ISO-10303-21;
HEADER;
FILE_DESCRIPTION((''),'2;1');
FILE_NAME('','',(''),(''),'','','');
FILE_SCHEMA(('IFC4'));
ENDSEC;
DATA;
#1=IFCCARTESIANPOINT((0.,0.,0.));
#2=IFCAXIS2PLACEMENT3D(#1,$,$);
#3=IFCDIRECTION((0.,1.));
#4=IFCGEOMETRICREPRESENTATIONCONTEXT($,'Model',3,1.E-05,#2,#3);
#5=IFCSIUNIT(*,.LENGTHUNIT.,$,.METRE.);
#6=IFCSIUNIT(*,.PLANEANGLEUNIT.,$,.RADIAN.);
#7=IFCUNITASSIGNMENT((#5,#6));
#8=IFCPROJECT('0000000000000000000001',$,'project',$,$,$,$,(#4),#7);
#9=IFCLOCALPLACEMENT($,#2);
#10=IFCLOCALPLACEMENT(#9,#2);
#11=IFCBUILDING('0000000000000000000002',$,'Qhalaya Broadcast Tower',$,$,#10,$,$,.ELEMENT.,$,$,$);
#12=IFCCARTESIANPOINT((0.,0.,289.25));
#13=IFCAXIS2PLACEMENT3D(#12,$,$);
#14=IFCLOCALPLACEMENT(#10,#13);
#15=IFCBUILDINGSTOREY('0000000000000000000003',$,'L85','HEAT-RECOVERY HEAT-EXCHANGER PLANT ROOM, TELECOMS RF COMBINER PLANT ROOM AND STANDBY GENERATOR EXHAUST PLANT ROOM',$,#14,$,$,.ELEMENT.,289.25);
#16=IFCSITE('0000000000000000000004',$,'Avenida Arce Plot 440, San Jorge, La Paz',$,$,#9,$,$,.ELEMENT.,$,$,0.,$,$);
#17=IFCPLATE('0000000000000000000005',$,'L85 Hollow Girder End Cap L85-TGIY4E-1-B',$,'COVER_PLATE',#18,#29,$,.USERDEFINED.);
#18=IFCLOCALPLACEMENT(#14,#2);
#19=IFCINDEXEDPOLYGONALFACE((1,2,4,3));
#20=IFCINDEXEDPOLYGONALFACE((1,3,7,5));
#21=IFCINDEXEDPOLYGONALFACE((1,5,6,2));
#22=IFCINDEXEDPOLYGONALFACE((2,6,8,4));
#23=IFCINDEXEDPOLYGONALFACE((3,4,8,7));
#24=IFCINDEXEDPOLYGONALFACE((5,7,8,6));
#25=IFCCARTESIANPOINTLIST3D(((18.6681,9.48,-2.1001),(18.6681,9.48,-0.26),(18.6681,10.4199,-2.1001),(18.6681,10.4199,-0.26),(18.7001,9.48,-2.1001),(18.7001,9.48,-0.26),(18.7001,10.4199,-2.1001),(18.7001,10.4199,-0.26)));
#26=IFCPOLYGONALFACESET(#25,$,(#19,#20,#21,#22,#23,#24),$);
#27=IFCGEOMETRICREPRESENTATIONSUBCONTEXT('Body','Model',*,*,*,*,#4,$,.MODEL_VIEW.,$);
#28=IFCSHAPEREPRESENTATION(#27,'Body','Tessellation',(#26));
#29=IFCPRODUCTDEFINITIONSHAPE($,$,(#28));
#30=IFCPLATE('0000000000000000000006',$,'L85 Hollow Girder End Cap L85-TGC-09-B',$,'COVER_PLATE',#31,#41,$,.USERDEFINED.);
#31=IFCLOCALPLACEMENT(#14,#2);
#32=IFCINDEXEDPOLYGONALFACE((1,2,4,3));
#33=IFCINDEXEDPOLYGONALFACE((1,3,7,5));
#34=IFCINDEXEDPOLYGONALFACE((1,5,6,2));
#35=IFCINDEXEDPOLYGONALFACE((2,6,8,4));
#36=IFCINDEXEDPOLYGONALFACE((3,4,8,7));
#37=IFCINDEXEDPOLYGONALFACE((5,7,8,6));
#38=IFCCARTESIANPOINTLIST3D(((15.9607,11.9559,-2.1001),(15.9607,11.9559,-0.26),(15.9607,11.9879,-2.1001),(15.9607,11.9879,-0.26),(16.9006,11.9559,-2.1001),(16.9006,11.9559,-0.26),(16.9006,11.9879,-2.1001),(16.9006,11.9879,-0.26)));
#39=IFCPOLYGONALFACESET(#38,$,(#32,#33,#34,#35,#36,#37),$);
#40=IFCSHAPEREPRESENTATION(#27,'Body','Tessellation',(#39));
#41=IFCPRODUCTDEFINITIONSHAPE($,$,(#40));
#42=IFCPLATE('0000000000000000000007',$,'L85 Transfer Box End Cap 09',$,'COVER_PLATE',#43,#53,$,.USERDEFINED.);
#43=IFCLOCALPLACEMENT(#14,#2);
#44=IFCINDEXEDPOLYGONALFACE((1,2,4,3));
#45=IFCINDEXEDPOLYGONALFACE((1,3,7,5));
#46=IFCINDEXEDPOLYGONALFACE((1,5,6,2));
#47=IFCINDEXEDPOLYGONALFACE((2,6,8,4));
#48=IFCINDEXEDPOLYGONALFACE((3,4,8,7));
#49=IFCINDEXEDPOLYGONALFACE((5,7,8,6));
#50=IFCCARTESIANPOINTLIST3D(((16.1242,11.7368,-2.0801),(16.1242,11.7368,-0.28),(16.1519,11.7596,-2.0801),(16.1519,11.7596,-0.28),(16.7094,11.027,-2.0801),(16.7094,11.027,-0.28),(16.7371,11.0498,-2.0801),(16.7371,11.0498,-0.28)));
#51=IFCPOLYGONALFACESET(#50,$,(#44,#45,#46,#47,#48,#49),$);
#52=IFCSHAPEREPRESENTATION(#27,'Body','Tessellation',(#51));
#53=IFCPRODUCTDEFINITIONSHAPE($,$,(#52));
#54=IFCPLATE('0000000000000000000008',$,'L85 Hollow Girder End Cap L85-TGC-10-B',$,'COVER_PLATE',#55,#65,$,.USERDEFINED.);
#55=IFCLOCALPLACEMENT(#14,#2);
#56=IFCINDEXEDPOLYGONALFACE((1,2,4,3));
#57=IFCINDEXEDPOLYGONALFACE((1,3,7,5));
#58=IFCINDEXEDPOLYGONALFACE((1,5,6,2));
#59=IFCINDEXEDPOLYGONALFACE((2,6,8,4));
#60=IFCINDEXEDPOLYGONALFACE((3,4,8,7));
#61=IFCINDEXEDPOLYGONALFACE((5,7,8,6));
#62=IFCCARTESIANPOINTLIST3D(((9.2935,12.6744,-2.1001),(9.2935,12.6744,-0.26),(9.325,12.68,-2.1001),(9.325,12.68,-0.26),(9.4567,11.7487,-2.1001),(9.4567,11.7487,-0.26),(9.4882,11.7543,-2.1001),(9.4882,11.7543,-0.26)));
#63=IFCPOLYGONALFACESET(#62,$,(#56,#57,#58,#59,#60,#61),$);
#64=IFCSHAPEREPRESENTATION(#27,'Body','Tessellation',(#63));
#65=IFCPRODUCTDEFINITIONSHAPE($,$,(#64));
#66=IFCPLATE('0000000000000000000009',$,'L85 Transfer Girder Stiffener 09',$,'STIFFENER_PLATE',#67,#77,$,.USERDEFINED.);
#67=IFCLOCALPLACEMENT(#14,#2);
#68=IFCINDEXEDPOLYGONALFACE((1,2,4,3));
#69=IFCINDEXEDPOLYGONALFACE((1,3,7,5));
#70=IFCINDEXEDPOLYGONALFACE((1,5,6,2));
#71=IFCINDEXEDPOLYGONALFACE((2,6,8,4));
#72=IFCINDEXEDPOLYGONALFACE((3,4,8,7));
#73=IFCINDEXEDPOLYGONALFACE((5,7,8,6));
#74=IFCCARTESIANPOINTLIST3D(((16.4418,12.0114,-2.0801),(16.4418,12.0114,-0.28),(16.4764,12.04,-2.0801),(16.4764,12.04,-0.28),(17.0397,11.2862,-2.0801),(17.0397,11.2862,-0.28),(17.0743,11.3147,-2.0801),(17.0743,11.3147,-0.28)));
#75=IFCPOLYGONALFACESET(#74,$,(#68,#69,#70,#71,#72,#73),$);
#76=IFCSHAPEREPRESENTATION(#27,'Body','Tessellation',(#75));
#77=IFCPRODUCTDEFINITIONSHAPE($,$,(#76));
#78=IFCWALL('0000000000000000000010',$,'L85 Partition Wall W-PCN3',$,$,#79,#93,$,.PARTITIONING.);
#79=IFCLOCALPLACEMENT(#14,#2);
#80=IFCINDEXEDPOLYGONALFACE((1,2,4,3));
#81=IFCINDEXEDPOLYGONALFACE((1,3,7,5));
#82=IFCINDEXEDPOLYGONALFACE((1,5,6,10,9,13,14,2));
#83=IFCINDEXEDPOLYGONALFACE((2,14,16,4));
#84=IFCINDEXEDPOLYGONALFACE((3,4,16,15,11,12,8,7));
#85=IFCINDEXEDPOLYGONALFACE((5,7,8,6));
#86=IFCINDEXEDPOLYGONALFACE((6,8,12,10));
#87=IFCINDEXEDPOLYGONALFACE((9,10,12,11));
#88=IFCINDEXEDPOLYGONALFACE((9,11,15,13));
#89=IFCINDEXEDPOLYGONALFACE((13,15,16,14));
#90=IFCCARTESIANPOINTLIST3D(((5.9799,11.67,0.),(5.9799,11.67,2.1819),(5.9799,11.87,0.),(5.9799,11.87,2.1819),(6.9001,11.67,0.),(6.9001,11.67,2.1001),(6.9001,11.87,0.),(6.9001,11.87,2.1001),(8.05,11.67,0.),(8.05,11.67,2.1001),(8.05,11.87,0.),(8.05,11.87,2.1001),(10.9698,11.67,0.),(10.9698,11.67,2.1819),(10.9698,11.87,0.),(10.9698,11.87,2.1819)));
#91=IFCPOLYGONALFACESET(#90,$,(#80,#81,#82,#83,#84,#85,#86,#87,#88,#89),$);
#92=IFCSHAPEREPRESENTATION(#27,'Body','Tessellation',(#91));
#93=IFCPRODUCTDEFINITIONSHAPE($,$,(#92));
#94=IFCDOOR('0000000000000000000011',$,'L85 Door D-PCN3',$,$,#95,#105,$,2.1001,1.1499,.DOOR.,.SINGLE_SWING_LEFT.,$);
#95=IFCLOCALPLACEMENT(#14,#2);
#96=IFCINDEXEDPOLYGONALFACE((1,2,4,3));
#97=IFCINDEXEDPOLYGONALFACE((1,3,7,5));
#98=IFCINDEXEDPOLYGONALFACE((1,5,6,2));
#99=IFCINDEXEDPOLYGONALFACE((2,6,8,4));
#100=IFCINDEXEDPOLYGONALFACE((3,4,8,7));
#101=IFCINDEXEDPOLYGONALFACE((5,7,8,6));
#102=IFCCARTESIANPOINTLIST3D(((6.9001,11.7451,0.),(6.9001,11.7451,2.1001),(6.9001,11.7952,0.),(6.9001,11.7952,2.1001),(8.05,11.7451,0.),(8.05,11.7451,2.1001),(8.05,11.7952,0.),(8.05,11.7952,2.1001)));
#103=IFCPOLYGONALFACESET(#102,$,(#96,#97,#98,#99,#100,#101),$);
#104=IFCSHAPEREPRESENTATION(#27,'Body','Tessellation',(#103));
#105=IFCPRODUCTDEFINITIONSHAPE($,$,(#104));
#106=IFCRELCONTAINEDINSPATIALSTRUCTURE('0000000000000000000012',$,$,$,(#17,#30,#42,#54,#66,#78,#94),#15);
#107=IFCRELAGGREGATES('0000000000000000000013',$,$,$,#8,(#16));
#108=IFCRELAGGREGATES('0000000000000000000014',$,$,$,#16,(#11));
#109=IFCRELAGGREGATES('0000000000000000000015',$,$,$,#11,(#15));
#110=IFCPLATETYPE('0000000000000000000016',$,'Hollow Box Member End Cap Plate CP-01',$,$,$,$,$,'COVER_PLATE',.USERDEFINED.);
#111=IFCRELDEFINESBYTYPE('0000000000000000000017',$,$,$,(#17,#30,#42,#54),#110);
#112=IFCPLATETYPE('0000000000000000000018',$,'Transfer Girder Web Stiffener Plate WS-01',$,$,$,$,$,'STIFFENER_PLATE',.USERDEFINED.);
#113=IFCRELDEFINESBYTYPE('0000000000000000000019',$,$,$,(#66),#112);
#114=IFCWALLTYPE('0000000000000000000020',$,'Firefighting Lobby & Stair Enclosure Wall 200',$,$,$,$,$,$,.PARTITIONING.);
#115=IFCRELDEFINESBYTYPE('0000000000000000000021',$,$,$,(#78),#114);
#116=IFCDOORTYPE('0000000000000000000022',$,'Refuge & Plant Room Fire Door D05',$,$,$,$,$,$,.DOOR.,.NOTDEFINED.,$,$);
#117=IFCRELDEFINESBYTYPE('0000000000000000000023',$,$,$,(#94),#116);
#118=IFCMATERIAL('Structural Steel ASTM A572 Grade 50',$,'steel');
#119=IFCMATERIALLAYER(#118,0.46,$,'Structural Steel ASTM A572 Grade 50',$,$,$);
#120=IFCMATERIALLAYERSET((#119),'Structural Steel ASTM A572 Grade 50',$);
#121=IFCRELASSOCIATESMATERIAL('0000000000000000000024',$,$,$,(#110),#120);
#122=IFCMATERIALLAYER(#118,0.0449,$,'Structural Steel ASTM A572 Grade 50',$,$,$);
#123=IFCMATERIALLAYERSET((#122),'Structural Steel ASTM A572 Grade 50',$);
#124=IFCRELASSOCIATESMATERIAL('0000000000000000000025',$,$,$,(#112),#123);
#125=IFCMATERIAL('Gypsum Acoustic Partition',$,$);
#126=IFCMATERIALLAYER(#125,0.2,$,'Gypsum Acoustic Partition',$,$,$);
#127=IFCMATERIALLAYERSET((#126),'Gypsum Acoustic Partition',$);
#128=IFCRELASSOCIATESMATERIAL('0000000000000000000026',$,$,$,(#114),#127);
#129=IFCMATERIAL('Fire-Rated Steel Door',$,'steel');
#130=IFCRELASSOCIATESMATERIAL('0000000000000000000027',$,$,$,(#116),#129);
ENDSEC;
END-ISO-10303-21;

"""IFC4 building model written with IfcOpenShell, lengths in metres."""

from ifc_helpers import new_model, si_unit, direction, frame, frame_2d, origin, origin_2d, place, context, subcontext, project, spatial, rectangle, extrude, material, layer, layer_set, type_object, element, fill, save


model = new_model("IFC4")

# Units and contexts
model_context = context("Model", 3, precision=1e-05, world=origin(), true_north=direction((0.0, 1.0)))
body_context = subcontext(model_context, "Body", "Model", "MODEL_VIEW")
ifc_project = project(units=[si_unit("LENGTHUNIT", "METRE"), si_unit("PLANEANGLEUNIT", "RADIAN")], contexts=[model_context])

# Site, building, storey
site_placement = place(None, origin())
site = spatial("IfcSite", under=ifc_project, at=site_placement, Name="Avenida Arce Plot 440, San Jorge, La Paz", CompositionType="ELEMENT", RefElevation=0.0)
building_placement = place(site_placement, origin())
building = spatial("IfcBuilding", under=site, at=building_placement, Name="Qhalaya Broadcast Tower", CompositionType="ELEMENT")
storey_placement = place(building_placement, frame((0.0, 0.0, 289.25)))
storey = spatial("IfcBuildingStorey", under=building, at=storey_placement, Name="L85", Description="HEAT-RECOVERY HEAT-EXCHANGER PLANT ROOM, TELECOMS RF COMBINER PLANT ROOM AND STANDBY GENERATOR EXHAUST PLANT ROOM", CompositionType="ELEMENT", Elevation=289.25)

# Shared definitions
ifc_material_1 = material(Name="Structural Steel ASTM A572 Grade 50", Category="steel")

# Plates
ifc_layer_1 = layer(ifc_material_1, 0.46, Name="Structural Steel ASTM A572 Grade 50")
ifc_layer_set_1 = layer_set([ifc_layer_1], Name="Structural Steel ASTM A572 Grade 50")
plate_type_1 = type_object("IfcPlateType", Name="Hollow Box Member End Cap Plate CP-01", ElementType="COVER_PLATE", PredefinedType="USERDEFINED", material=ifc_layer_set_1)
for number, where, z_axis, x_axis, name in (
    (1, (18.6841, 9.95, -2.1001), (0.0, 0.0, 1.0), (0.0, 1.0, 0.0), "L85 Hollow Girder End Cap L85-TGIY4E-1-B"),
    (2, (16.4307, 11.9719, -2.1001), (0.0, 0.0, 1.0), (-1.0, 0.0, 0.0), "L85 Hollow Girder End Cap L85-TGC-09-B"),
):
    element("IfcPlate", number, at=place(storey_placement, frame(where, z_axis=z_axis, x_axis=x_axis)), inside=storey, type_object=plate_type_1, Name=name, ObjectType="COVER_PLATE", PredefinedType="USERDEFINED", context=body_context, shape_type="SweptSolid", body=[
        extrude(rectangle(XDim=0.9399, YDim=0.032, at=origin_2d()), origin(), (0.0, 0.0, 1.0), 1.8401),
    ])
plate_1_placement = place(storey_placement, frame((16.4307, 11.3933, -2.0801), z_axis=(0.0, 0.0, 1.0), x_axis=(0.636092, -0.771613, 0.0)))
element("IfcPlate", 3, at=plate_1_placement, inside=storey, type_object=plate_type_1, Name="L85 Transfer Box End Cap 09", ObjectType="COVER_PLATE", PredefinedType="USERDEFINED", context=body_context, shape_type="SweptSolid", body=[
    extrude(rectangle(XDim=0.9199, YDim=0.0359, at=origin_2d()), origin(), (0.0, 0.0, 1.0), 1.8),
])
plate_2_placement = place(storey_placement, frame((9.3909, 12.2144, -2.1001), z_axis=(0.0, 0.0, 1.0), x_axis=(-0.173648, 0.984808, 0.0)))
element("IfcPlate", 4, at=plate_2_placement, inside=storey, type_object=plate_type_1, Name="L85 Hollow Girder End Cap L85-TGC-10-B", ObjectType="COVER_PLATE", PredefinedType="USERDEFINED", context=body_context, shape_type="SweptSolid", body=[
    extrude(rectangle(XDim=0.9399, YDim=0.032, at=origin_2d()), origin(), (0.0, 0.0, 1.0), 1.8401),
])
ifc_layer_2 = layer(ifc_material_1, 0.0449, Name="Structural Steel ASTM A572 Grade 50")
ifc_layer_set_2 = layer_set([ifc_layer_2], Name="Structural Steel ASTM A572 Grade 50")
plate_type_2 = type_object("IfcPlateType", Name="Transfer Girder Web Stiffener Plate WS-01", ElementType="STIFFENER_PLATE", PredefinedType="USERDEFINED", material=ifc_layer_set_2)
plate_3_placement = place(storey_placement, frame((16.7581, 11.6631, -2.0801), z_axis=(0.0, 0.0, 1.0), x_axis=(0.636092, -0.771613, 0.0)))
element("IfcPlate", 5, at=plate_3_placement, inside=storey, type_object=plate_type_2, Name="L85 Transfer Girder Stiffener 09", ObjectType="STIFFENER_PLATE", PredefinedType="USERDEFINED", context=body_context, shape_type="SweptSolid", body=[
    extrude(rectangle(XDim=0.9399, YDim=0.0449, at=origin_2d()), origin(), (0.0, 0.0, 1.0), 1.8),
])

# Wall, opening, door
ifc_material_2 = material(Name="Gypsum Acoustic Partition")
ifc_layer_3 = layer(ifc_material_2, 0.2, Name="Gypsum Acoustic Partition")
ifc_layer_set_3 = layer_set([ifc_layer_3], Name="Gypsum Acoustic Partition")
wall_type = type_object("IfcWallType", Name="Firefighting Lobby & Stair Enclosure Wall 200", PredefinedType="PARTITIONING", material=ifc_layer_set_3)
wall_placement = place(storey_placement, frame((10.97, 11.77, 0.0), z_axis=(0.0, 0.0, 1.0), x_axis=(-1.0, 0.0, 0.0)))
wall = element("IfcWall", 6, at=wall_placement, inside=storey, type_object=wall_type, Name="L85 Partition Wall W-PCN3", PredefinedType="PARTITIONING", context=body_context, shape_type="SweptSolid", body=[
    extrude(rectangle(XDim=4.99, YDim=0.2, at=frame_2d((2.4951, 0.0))), origin(), (0.0, 0.0, 1.0), 2.1819),
])
opening_placement = place(wall_placement, frame((2.9199, 0.0, 0.0)))
opening = element("IfcOpeningElement", 7, at=opening_placement, cuts=wall, PredefinedType="OPENING", context=body_context, shape_type="SweptSolid", body=[
    extrude(rectangle(XDim=1.1499, YDim=2.1001, at=frame_2d((0.575, 1.05))), frame((0.0, 0.1121, 0.0), z_axis=(0.0, -1.0, 0.0), x_axis=(1.0, 0.0, 0.0)), (0.0, 0.0, 1.0), 0.2239),
])
ifc_material_3 = material(Name="Fire-Rated Steel Door", Category="steel")
door_type = type_object("IfcDoorType", Name="Refuge & Plant Room Fire Door D05", OperationType="NOTDEFINED", PredefinedType="DOOR", material=ifc_material_3)
door_placement = place(opening_placement, origin())
door = element("IfcDoor", 8, at=door_placement, inside=storey, type_object=door_type, Name="L85 Door D-PCN3", OperationType="SINGLE_SWING_LEFT", OverallHeight=2.1001, OverallWidth=1.1499, PredefinedType="DOOR", context=body_context, shape_type="SweptSolid", body=[
    extrude(rectangle(XDim=1.1499, YDim=2.1001, at=frame_2d((0.575, 1.05))), frame((0.0, 0.0249, 0.0), z_axis=(0.0, -1.0, 0.0), x_axis=(1.0, 0.0, 0.0)), (0.0, 0.0, 1.0), 0.05),
])
fill(opening, door)

save(model, "model.ifc")
